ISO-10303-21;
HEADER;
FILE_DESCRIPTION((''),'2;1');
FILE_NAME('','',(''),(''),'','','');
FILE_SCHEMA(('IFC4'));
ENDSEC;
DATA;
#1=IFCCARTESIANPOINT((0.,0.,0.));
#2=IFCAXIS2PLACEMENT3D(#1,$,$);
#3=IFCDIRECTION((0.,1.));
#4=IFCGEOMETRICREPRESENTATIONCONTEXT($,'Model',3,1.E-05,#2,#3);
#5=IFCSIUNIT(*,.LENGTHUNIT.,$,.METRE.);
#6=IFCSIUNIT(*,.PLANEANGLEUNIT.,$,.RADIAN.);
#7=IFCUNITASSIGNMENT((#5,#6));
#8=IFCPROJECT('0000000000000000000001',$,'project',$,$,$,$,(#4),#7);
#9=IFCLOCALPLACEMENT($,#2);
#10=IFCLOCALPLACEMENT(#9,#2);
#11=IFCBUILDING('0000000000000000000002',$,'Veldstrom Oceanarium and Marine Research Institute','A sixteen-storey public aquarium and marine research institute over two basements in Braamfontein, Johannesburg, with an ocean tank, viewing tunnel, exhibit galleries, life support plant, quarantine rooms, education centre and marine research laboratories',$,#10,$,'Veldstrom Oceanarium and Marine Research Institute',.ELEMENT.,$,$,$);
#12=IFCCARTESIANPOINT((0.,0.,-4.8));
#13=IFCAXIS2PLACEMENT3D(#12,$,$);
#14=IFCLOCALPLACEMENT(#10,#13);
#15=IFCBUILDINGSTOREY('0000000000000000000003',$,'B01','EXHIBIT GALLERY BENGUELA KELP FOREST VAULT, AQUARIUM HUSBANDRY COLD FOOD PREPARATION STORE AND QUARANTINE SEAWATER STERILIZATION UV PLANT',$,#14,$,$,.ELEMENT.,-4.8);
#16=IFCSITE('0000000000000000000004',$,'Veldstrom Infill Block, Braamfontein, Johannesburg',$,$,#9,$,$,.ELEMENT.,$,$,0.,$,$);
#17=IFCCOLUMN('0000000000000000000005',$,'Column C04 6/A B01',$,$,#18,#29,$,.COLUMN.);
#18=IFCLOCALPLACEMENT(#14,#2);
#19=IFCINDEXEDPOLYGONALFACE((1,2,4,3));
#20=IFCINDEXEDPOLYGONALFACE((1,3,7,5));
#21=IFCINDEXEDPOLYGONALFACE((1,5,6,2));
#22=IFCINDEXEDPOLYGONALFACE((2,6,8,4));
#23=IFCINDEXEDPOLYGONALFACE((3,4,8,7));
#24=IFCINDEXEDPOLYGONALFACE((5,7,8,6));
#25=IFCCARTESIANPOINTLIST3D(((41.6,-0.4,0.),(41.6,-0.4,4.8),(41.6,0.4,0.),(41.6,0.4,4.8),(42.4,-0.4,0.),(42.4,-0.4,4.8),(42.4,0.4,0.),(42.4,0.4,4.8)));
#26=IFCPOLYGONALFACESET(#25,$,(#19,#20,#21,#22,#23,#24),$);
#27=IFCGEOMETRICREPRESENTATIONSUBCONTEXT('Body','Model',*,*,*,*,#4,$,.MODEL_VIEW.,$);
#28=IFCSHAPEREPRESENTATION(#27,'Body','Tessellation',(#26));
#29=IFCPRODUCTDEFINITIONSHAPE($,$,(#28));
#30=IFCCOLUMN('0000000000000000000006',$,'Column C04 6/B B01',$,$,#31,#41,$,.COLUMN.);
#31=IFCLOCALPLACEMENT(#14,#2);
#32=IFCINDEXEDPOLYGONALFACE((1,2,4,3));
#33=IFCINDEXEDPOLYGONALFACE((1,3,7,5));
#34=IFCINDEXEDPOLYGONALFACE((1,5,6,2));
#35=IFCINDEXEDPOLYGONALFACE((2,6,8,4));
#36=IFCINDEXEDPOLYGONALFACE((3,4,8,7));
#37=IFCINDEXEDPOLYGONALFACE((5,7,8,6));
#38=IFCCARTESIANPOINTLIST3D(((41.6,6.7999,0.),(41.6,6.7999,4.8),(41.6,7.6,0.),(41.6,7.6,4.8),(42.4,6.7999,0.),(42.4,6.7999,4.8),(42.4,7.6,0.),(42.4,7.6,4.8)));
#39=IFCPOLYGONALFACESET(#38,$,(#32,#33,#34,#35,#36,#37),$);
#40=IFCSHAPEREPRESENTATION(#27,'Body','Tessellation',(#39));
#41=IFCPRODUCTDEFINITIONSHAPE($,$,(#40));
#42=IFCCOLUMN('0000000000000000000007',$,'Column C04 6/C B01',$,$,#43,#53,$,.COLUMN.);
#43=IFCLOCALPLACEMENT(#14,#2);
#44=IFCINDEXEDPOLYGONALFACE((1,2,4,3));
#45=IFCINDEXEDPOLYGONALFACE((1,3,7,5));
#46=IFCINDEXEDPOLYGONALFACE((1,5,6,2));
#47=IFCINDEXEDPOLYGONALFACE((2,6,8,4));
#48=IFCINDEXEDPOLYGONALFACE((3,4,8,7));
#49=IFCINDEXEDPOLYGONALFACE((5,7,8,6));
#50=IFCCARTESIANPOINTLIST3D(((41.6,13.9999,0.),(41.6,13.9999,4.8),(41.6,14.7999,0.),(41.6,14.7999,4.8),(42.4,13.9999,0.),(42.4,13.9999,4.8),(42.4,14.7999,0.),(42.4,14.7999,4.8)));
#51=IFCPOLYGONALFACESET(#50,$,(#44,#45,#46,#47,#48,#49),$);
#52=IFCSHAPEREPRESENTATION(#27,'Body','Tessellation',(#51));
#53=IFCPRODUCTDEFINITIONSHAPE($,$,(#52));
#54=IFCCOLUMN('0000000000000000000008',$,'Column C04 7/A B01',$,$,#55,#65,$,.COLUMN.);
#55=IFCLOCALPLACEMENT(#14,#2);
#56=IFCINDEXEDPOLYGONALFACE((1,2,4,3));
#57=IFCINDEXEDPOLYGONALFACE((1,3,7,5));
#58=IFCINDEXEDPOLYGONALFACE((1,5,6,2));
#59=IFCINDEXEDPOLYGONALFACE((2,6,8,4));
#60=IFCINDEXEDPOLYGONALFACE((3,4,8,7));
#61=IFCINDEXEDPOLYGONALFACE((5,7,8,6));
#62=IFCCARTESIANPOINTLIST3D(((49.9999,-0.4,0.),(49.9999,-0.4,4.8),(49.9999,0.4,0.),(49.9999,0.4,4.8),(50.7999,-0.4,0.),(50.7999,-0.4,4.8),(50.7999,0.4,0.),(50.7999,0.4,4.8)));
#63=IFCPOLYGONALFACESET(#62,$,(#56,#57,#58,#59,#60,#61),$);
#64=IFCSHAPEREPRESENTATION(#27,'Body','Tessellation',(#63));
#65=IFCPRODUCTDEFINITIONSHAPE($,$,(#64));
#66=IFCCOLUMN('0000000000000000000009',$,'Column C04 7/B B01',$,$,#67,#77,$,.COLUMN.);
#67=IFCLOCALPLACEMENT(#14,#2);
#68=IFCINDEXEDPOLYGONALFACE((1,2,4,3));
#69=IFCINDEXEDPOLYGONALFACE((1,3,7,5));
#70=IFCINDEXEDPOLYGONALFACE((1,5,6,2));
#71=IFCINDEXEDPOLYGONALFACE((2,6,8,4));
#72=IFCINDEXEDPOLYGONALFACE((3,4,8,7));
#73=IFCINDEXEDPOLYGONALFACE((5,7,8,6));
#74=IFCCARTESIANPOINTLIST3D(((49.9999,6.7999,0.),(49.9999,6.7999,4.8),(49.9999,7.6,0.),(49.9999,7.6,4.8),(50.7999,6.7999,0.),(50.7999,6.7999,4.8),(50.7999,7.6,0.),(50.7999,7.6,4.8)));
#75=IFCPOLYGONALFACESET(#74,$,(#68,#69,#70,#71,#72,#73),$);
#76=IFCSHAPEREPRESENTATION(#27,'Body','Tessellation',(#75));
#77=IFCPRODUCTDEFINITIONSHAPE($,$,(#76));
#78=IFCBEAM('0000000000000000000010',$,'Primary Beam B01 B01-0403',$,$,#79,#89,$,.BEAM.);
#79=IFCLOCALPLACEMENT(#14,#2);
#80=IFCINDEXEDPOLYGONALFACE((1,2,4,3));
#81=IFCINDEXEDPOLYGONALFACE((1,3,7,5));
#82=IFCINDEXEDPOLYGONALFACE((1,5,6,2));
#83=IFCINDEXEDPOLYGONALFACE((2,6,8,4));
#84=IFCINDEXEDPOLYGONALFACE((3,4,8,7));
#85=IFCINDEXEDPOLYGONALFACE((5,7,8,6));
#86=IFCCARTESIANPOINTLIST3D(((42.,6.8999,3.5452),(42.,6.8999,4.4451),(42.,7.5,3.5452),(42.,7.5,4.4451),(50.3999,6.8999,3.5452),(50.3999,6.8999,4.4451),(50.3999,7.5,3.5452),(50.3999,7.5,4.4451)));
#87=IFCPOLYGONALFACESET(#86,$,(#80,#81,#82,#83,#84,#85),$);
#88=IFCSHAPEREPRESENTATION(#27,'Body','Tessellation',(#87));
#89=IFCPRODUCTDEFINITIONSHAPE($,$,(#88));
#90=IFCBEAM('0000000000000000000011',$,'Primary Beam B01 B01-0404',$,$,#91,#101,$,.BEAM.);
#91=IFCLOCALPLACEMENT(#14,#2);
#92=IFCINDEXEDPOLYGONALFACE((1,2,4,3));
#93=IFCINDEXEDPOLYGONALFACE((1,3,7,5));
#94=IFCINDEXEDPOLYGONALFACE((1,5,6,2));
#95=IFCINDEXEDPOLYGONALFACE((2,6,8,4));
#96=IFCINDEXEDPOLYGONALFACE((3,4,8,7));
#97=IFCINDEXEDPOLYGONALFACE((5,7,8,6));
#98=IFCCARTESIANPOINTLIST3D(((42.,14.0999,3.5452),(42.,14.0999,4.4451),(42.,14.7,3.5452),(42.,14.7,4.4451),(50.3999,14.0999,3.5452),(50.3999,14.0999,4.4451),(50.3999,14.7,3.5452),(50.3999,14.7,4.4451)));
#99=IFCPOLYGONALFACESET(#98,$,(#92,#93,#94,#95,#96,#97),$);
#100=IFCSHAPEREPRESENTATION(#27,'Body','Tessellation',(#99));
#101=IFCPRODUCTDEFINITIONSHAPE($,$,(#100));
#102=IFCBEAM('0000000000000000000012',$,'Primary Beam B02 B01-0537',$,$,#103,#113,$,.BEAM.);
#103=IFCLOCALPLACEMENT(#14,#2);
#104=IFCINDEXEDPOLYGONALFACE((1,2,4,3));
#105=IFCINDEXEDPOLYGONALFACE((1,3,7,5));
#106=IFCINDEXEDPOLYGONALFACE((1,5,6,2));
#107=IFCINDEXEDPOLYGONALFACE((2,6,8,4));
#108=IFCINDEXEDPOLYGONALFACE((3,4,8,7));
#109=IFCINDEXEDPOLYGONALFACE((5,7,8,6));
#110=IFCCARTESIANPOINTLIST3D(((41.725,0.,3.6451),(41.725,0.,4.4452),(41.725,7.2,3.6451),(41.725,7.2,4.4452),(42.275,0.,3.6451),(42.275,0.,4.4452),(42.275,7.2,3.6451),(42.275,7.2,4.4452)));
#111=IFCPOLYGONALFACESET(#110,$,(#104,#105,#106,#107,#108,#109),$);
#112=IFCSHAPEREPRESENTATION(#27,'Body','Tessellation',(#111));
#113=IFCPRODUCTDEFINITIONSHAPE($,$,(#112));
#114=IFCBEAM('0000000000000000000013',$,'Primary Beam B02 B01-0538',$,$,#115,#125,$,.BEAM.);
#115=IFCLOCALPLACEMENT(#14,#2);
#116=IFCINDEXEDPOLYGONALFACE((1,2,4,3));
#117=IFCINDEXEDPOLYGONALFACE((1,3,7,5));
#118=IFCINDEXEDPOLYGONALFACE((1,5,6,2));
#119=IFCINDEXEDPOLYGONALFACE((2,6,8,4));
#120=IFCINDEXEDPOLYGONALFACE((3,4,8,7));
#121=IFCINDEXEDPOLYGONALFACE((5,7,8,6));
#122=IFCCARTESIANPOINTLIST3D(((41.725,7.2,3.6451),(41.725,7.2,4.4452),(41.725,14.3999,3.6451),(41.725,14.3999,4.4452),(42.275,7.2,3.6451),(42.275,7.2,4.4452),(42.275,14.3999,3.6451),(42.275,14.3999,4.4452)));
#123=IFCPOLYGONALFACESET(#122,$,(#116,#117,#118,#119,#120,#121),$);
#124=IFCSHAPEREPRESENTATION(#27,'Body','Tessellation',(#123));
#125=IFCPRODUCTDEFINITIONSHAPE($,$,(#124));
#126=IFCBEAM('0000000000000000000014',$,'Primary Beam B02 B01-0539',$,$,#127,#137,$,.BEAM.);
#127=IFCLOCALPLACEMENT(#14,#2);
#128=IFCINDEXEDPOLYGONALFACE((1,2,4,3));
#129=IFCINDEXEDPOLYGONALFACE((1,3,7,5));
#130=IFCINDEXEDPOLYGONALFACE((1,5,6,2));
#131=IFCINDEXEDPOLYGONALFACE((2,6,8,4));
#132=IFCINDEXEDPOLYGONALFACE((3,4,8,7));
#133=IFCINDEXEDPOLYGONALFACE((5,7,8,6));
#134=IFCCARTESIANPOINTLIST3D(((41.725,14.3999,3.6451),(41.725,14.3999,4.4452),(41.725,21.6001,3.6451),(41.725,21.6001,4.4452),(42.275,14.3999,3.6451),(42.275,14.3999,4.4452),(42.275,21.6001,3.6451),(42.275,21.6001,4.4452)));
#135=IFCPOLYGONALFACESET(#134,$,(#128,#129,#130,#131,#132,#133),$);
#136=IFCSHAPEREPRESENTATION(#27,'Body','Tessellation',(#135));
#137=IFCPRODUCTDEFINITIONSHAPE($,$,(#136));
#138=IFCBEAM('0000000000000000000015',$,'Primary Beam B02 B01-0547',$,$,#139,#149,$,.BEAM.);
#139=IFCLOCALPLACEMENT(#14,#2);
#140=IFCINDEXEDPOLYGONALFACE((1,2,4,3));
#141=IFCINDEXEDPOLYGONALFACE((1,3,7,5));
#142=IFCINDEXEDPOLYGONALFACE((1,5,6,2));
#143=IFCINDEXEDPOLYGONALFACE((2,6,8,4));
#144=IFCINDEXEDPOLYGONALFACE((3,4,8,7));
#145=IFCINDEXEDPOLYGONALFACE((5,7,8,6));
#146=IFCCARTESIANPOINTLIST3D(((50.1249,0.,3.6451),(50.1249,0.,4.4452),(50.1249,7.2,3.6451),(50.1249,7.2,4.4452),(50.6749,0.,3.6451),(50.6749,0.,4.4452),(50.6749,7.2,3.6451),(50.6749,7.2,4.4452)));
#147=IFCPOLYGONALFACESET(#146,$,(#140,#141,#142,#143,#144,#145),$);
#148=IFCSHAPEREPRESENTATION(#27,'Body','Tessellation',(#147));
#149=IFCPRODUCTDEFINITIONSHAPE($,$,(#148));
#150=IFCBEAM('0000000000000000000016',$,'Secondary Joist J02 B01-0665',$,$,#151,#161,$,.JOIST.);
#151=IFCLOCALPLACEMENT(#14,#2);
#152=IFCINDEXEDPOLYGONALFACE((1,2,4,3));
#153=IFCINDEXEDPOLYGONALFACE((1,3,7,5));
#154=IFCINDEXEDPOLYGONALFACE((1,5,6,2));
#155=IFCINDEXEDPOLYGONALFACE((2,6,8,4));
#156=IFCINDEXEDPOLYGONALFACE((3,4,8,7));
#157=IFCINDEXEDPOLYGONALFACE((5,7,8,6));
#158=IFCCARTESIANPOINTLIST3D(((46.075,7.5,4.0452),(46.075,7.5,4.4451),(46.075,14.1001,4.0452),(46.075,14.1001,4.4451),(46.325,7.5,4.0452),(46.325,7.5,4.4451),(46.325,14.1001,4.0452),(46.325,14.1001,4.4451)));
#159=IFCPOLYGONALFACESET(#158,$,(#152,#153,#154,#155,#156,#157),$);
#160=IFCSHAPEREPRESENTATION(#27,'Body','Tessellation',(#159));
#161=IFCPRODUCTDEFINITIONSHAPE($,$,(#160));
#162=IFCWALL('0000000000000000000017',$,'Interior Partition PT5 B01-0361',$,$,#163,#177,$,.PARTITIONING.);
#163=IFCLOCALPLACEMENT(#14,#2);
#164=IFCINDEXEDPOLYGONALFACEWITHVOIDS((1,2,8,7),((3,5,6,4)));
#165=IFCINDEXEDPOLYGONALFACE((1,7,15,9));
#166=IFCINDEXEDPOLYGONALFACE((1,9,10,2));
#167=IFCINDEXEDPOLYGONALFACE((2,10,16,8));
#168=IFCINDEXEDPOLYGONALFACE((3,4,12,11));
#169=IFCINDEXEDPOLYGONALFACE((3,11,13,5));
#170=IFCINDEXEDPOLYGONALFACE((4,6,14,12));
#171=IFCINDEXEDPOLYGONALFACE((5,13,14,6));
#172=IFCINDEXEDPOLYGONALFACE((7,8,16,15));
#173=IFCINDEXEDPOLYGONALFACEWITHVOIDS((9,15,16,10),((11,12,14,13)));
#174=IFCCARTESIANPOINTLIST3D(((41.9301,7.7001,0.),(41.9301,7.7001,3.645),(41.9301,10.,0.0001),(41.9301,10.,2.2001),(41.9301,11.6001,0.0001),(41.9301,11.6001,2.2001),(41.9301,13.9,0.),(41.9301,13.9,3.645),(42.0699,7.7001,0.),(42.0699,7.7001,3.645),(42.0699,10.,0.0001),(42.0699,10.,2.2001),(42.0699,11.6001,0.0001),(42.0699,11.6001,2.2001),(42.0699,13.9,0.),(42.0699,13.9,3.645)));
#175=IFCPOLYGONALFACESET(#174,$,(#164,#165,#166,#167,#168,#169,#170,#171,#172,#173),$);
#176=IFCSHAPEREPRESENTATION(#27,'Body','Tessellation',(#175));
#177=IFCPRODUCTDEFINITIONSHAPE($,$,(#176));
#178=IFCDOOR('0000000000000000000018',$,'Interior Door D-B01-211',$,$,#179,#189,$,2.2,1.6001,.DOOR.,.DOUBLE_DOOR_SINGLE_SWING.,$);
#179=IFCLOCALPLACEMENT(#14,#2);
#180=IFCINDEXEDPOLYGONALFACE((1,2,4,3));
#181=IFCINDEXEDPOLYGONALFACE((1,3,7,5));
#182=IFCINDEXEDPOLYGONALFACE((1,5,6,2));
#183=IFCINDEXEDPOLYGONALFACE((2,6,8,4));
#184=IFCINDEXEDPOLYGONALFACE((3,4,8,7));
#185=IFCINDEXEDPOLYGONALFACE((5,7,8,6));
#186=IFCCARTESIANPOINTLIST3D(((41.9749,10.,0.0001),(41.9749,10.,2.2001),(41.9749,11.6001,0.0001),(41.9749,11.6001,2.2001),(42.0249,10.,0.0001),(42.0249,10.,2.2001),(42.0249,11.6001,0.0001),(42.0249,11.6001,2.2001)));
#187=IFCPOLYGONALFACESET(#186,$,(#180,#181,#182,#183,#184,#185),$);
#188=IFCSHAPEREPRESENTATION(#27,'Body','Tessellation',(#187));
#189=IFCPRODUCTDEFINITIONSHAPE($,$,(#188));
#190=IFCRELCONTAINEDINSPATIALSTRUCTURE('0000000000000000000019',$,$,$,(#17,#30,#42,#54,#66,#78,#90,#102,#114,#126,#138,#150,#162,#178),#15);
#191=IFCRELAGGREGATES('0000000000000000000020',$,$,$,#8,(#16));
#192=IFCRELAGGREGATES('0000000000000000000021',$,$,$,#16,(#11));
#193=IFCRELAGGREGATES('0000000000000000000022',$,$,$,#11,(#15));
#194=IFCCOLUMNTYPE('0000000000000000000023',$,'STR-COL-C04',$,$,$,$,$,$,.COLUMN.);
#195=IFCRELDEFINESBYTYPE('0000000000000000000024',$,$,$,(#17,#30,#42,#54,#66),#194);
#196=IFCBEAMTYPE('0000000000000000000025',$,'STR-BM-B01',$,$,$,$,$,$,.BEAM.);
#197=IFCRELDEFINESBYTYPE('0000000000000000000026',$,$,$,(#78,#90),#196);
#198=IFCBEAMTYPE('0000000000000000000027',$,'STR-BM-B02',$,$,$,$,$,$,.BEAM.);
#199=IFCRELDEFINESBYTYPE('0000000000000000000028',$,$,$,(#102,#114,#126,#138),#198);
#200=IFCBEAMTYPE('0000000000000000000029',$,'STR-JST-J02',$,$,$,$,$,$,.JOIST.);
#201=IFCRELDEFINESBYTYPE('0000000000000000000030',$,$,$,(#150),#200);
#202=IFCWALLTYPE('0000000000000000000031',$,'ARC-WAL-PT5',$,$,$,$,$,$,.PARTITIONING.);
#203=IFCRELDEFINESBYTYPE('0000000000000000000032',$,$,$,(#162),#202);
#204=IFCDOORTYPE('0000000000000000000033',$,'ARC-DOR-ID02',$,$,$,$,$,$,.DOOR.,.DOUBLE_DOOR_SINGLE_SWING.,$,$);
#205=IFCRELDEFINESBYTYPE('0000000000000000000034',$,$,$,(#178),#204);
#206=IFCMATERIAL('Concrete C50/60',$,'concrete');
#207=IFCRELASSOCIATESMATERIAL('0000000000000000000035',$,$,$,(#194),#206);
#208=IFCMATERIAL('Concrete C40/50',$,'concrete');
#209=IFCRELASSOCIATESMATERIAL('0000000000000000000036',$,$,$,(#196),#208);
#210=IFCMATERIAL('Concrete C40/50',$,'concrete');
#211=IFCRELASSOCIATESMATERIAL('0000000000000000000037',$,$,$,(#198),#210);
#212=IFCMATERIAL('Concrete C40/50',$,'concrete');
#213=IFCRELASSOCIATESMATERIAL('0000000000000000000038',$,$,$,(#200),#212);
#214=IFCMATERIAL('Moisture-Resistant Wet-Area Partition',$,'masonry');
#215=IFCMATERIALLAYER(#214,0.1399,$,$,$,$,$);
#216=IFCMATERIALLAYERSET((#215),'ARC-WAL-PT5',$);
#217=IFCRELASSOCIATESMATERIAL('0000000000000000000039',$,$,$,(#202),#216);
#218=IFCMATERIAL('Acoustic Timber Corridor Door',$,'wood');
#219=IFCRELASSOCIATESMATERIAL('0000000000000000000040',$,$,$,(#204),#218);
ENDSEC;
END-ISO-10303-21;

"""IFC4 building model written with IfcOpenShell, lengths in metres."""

from ifc_helpers import new_model, si_unit, direction, frame, frame_2d, origin, origin_2d, place, context, subcontext, project, spatial, rectangle, extrude, material, layer, layer_set, material_profile, profile_set, type_object, element, fill, save


model = new_model("IFC4")

# Units and contexts
model_context = context("Model", 3, precision=1e-05, world=origin(), true_north=direction((0.0, 1.0)))
body_context = subcontext(model_context, "Body", "Model", "MODEL_VIEW")
ifc_project = project(units=[si_unit("LENGTHUNIT", "METRE"), si_unit("PLANEANGLEUNIT", "RADIAN")], contexts=[model_context])

# Site, building, storey
site_placement = place(None, origin())
site = spatial("IfcSite", under=ifc_project, at=site_placement, Name="Veldstrom Infill Block, Braamfontein, Johannesburg", CompositionType="ELEMENT", RefElevation=0.0)
building_placement = place(site_placement, origin())
building = spatial("IfcBuilding", under=site, at=building_placement, Name="Veldstrom Oceanarium and Marine Research Institute", Description="A sixteen-storey public aquarium and marine research institute over two basements in Braamfontein, Johannesburg, with an ocean tank, viewing tunnel, exhibit galleries, life support plant, quarantine rooms, education centre and marine research laboratories", LongName="Veldstrom Oceanarium and Marine Research Institute", CompositionType="ELEMENT")
storey_placement = place(building_placement, frame((0.0, 0.0, -4.8)))
storey = spatial("IfcBuildingStorey", under=building, at=storey_placement, Name="B01", Description="EXHIBIT GALLERY BENGUELA KELP FOREST VAULT, AQUARIUM HUSBANDRY COLD FOOD PREPARATION STORE AND QUARANTINE SEAWATER STERILIZATION UV PLANT", CompositionType="ELEMENT", Elevation=-4.8)

# Columns
ifc_material_1 = material(Name="Concrete C50/60", Category="concrete")
ifc_material_profile_1 = material_profile(ifc_material_1, rectangle(XDim=0.8, YDim=0.8, at=origin_2d()), Name="RC-COL-800x800")
ifc_profile_set_1 = profile_set([ifc_material_profile_1], Name="Concrete C50/60")
column_type = type_object("IfcColumnType", Name="STR-COL-C04", PredefinedType="COLUMN", material=ifc_profile_set_1)
for number, where, z_axis, x_axis, name in (
    (1, (42.0, 0.0, 0.0), (0.0, 0.0, 1.0), (1.0, 0.0, 0.0), "Column C04 6/A B01"),
    (2, (42.0, 7.2, 0.0), (0.0, 0.0, 1.0), (1.0, 0.0, 0.0), "Column C04 6/B B01"),
    (3, (42.0, 14.3999, 0.0), (0.0, 0.0, 1.0), (1.0, 0.0, 0.0), "Column C04 6/C B01"),
    (4, (50.3999, 0.0, 0.0), (0.0, 0.0, 1.0), (1.0, 0.0, 0.0), "Column C04 7/A B01"),
    (5, (50.3999, 7.2, 0.0), (0.0, 0.0, 1.0), (1.0, 0.0, 0.0), "Column C04 7/B B01"),
):
    element("IfcColumn", number, at=place(storey_placement, frame(where, z_axis=z_axis, x_axis=x_axis)), inside=storey, type_object=column_type, Name=name, PredefinedType="COLUMN", context=body_context, shape_type="SweptSolid", body=[
        extrude(rectangle(XDim=0.8, YDim=0.8, at=origin_2d()), origin(), (0.0, 0.0, 1.0), 4.8),
    ])

# Beams
ifc_material_2 = material(Name="Concrete C40/50", Category="concrete")
ifc_material_profile_2 = material_profile(ifc_material_2, rectangle(XDim=0.6001, YDim=0.8999, at=origin_2d()), Name="RC-BM-600x900")
ifc_profile_set_2 = profile_set([ifc_material_profile_2], Name="Concrete C40/50")
beam_type_1 = type_object("IfcBeamType", Name="STR-BM-B01", PredefinedType="BEAM", material=ifc_profile_set_2)
for number, where, z_axis, x_axis, name in (
    (6, (42.0, 7.2, 3.9951), (1.0, 0.0, 0.0), (0.0, 1.0, 0.0), "Primary Beam B01 B01-0403"),
    (7, (42.0, 14.3999, 3.9951), (1.0, 0.0, 0.0), (0.0, 1.0, 0.0), "Primary Beam B01 B01-0404"),
):
    element("IfcBeam", number, at=place(storey_placement, frame(where, z_axis=z_axis, x_axis=x_axis)), inside=storey, type_object=beam_type_1, Name=name, PredefinedType="BEAM", context=body_context, shape_type="SweptSolid", body=[
        extrude(rectangle(XDim=0.6001, YDim=0.8999, at=origin_2d()), origin(), (0.0, 0.0, 1.0), 8.3999),
    ])
ifc_material_3 = material(Name="Concrete C40/50", Category="concrete")
ifc_material_profile_3 = material_profile(ifc_material_3, rectangle(XDim=0.55, YDim=0.8, at=origin_2d()), Name="RC-BM-550x800")
ifc_profile_set_3 = profile_set([ifc_material_profile_3], Name="Concrete C40/50")
beam_type_2 = type_object("IfcBeamType", Name="STR-BM-B02", PredefinedType="BEAM", material=ifc_profile_set_3)
for number, where, z_axis, x_axis, name in (
    (8, (42.0, 0.0, 4.0452), (0.0, 1.0, 0.0), (-1.0, 0.0, 0.0), "Primary Beam B02 B01-0537"),
    (9, (42.0, 7.2, 4.0452), (0.0, 1.0, 0.0), (-1.0, 0.0, 0.0), "Primary Beam B02 B01-0538"),
):
    element("IfcBeam", number, at=place(storey_placement, frame(where, z_axis=z_axis, x_axis=x_axis)), inside=storey, type_object=beam_type_2, Name=name, PredefinedType="BEAM", context=body_context, shape_type="SweptSolid", body=[
        extrude(rectangle(XDim=0.55, YDim=0.8, at=origin_2d()), origin(), (0.0, 0.0, 1.0), 7.2),
    ])
beam_1_placement = place(storey_placement, frame((42.0, 14.3999, 4.0452), z_axis=(0.0, 1.0, 0.0), x_axis=(-1.0, 0.0, 0.0)))
element("IfcBeam", 10, at=beam_1_placement, inside=storey, type_object=beam_type_2, Name="Primary Beam B02 B01-0539", PredefinedType="BEAM", context=body_context, shape_type="SweptSolid", body=[
    extrude(rectangle(XDim=0.55, YDim=0.8, at=origin_2d()), origin(), (0.0, 0.0, 1.0), 7.2002),
])
beam_2_placement = place(storey_placement, frame((50.3999, 0.0, 4.0452), z_axis=(0.0, 1.0, 0.0), x_axis=(-1.0, 0.0, 0.0)))
element("IfcBeam", 11, at=beam_2_placement, inside=storey, type_object=beam_type_2, Name="Primary Beam B02 B01-0547", PredefinedType="BEAM", context=body_context, shape_type="SweptSolid", body=[
    extrude(rectangle(XDim=0.55, YDim=0.8, at=origin_2d()), origin(), (0.0, 0.0, 1.0), 7.2),
])
ifc_material_4 = material(Name="Concrete C40/50", Category="concrete")
ifc_material_profile_4 = material_profile(ifc_material_4, rectangle(XDim=0.25, YDim=0.3999, at=origin_2d()), Name="RC-JST-250x400")
ifc_profile_set_4 = profile_set([ifc_material_profile_4], Name="Concrete C40/50")
beam_type_3 = type_object("IfcBeamType", Name="STR-JST-J02", PredefinedType="JOIST", material=ifc_profile_set_4)
beam_3_placement = place(storey_placement, frame((46.2, 7.5, 4.2451), z_axis=(0.0, 1.0, 0.0), x_axis=(-1.0, 0.0, 0.0)))
element("IfcBeam", 12, at=beam_3_placement, inside=storey, type_object=beam_type_3, Name="Secondary Joist J02 B01-0665", PredefinedType="JOIST", context=body_context, shape_type="SweptSolid", body=[
    extrude(rectangle(XDim=0.25, YDim=0.3999, at=origin_2d()), origin(), (0.0, 0.0, 1.0), 6.6001),
])

# Wall, opening, door
ifc_material_5 = material(Name="Moisture-Resistant Wet-Area Partition", Category="masonry")
ifc_layer_1 = layer(ifc_material_5, 0.1399)
ifc_layer_set_1 = layer_set([ifc_layer_1], Name="ARC-WAL-PT5")
wall_type_1 = type_object("IfcWallType", Name="ARC-WAL-PT5", PredefinedType="PARTITIONING", material=ifc_layer_set_1)
wall_1_placement = place(storey_placement, frame((42.0, 7.7, 0.0), z_axis=(0.0, 0.0, 1.0), x_axis=(0.0, 1.0, 0.0)))
wall_1 = element("IfcWall", 13, at=wall_1_placement, inside=storey, type_object=wall_type_1, Name="Interior Partition PT5 B01-0361", PredefinedType="PARTITIONING", context=body_context, shape_type="SweptSolid", body=[
    extrude(rectangle(XDim=6.2, YDim=0.1399, at=frame_2d((3.1001, 0.0))), origin(), (0.0, 0.0, 1.0), 3.645),
])
opening_1_placement = place(wall_1_placement, frame((2.3, 0.0, 0.0)))
opening_1 = element("IfcOpeningElement", 14, at=opening_1_placement, cuts=wall_1, PredefinedType="OPENING", context=body_context, shape_type="SweptSolid", body=[
    extrude(rectangle(XDim=1.6001, YDim=2.2, at=frame_2d((0.8, 1.1001))), frame((0.0, 0.0798, 0.0), z_axis=(0.0, -1.0, 0.0), x_axis=(1.0, 0.0, 0.0)), (0.0, 0.0, 1.0), 0.1599),
])
ifc_material_6 = material(Name="Acoustic Timber Corridor Door", Category="wood")
door_type_1 = type_object("IfcDoorType", Name="ARC-DOR-ID02", OperationType="DOUBLE_DOOR_SINGLE_SWING", PredefinedType="DOOR", material=ifc_material_6)
door_1_placement = place(opening_1_placement, frame((1.6001, 0.0, 0.0), z_axis=(0.0, 0.0, 1.0), x_axis=(-1.0, 0.0, 0.0)))
door_1 = element("IfcDoor", 15, at=door_1_placement, inside=storey, type_object=door_type_1, Name="Interior Door D-B01-211", OperationType="DOUBLE_DOOR_SINGLE_SWING", OverallHeight=2.2, OverallWidth=1.6001, PredefinedType="DOOR", context=body_context, shape_type="SweptSolid", body=[
    extrude(rectangle(XDim=1.6001, YDim=2.2, at=frame_2d((0.8, 1.1001))), frame((0.0, 0.0249, 0.0), z_axis=(0.0, -1.0, 0.0), x_axis=(1.0, 0.0, 0.0)), (0.0, 0.0, 1.0), 0.05),
])
fill(opening_1, door_1)

save(model, "model.ifc")
